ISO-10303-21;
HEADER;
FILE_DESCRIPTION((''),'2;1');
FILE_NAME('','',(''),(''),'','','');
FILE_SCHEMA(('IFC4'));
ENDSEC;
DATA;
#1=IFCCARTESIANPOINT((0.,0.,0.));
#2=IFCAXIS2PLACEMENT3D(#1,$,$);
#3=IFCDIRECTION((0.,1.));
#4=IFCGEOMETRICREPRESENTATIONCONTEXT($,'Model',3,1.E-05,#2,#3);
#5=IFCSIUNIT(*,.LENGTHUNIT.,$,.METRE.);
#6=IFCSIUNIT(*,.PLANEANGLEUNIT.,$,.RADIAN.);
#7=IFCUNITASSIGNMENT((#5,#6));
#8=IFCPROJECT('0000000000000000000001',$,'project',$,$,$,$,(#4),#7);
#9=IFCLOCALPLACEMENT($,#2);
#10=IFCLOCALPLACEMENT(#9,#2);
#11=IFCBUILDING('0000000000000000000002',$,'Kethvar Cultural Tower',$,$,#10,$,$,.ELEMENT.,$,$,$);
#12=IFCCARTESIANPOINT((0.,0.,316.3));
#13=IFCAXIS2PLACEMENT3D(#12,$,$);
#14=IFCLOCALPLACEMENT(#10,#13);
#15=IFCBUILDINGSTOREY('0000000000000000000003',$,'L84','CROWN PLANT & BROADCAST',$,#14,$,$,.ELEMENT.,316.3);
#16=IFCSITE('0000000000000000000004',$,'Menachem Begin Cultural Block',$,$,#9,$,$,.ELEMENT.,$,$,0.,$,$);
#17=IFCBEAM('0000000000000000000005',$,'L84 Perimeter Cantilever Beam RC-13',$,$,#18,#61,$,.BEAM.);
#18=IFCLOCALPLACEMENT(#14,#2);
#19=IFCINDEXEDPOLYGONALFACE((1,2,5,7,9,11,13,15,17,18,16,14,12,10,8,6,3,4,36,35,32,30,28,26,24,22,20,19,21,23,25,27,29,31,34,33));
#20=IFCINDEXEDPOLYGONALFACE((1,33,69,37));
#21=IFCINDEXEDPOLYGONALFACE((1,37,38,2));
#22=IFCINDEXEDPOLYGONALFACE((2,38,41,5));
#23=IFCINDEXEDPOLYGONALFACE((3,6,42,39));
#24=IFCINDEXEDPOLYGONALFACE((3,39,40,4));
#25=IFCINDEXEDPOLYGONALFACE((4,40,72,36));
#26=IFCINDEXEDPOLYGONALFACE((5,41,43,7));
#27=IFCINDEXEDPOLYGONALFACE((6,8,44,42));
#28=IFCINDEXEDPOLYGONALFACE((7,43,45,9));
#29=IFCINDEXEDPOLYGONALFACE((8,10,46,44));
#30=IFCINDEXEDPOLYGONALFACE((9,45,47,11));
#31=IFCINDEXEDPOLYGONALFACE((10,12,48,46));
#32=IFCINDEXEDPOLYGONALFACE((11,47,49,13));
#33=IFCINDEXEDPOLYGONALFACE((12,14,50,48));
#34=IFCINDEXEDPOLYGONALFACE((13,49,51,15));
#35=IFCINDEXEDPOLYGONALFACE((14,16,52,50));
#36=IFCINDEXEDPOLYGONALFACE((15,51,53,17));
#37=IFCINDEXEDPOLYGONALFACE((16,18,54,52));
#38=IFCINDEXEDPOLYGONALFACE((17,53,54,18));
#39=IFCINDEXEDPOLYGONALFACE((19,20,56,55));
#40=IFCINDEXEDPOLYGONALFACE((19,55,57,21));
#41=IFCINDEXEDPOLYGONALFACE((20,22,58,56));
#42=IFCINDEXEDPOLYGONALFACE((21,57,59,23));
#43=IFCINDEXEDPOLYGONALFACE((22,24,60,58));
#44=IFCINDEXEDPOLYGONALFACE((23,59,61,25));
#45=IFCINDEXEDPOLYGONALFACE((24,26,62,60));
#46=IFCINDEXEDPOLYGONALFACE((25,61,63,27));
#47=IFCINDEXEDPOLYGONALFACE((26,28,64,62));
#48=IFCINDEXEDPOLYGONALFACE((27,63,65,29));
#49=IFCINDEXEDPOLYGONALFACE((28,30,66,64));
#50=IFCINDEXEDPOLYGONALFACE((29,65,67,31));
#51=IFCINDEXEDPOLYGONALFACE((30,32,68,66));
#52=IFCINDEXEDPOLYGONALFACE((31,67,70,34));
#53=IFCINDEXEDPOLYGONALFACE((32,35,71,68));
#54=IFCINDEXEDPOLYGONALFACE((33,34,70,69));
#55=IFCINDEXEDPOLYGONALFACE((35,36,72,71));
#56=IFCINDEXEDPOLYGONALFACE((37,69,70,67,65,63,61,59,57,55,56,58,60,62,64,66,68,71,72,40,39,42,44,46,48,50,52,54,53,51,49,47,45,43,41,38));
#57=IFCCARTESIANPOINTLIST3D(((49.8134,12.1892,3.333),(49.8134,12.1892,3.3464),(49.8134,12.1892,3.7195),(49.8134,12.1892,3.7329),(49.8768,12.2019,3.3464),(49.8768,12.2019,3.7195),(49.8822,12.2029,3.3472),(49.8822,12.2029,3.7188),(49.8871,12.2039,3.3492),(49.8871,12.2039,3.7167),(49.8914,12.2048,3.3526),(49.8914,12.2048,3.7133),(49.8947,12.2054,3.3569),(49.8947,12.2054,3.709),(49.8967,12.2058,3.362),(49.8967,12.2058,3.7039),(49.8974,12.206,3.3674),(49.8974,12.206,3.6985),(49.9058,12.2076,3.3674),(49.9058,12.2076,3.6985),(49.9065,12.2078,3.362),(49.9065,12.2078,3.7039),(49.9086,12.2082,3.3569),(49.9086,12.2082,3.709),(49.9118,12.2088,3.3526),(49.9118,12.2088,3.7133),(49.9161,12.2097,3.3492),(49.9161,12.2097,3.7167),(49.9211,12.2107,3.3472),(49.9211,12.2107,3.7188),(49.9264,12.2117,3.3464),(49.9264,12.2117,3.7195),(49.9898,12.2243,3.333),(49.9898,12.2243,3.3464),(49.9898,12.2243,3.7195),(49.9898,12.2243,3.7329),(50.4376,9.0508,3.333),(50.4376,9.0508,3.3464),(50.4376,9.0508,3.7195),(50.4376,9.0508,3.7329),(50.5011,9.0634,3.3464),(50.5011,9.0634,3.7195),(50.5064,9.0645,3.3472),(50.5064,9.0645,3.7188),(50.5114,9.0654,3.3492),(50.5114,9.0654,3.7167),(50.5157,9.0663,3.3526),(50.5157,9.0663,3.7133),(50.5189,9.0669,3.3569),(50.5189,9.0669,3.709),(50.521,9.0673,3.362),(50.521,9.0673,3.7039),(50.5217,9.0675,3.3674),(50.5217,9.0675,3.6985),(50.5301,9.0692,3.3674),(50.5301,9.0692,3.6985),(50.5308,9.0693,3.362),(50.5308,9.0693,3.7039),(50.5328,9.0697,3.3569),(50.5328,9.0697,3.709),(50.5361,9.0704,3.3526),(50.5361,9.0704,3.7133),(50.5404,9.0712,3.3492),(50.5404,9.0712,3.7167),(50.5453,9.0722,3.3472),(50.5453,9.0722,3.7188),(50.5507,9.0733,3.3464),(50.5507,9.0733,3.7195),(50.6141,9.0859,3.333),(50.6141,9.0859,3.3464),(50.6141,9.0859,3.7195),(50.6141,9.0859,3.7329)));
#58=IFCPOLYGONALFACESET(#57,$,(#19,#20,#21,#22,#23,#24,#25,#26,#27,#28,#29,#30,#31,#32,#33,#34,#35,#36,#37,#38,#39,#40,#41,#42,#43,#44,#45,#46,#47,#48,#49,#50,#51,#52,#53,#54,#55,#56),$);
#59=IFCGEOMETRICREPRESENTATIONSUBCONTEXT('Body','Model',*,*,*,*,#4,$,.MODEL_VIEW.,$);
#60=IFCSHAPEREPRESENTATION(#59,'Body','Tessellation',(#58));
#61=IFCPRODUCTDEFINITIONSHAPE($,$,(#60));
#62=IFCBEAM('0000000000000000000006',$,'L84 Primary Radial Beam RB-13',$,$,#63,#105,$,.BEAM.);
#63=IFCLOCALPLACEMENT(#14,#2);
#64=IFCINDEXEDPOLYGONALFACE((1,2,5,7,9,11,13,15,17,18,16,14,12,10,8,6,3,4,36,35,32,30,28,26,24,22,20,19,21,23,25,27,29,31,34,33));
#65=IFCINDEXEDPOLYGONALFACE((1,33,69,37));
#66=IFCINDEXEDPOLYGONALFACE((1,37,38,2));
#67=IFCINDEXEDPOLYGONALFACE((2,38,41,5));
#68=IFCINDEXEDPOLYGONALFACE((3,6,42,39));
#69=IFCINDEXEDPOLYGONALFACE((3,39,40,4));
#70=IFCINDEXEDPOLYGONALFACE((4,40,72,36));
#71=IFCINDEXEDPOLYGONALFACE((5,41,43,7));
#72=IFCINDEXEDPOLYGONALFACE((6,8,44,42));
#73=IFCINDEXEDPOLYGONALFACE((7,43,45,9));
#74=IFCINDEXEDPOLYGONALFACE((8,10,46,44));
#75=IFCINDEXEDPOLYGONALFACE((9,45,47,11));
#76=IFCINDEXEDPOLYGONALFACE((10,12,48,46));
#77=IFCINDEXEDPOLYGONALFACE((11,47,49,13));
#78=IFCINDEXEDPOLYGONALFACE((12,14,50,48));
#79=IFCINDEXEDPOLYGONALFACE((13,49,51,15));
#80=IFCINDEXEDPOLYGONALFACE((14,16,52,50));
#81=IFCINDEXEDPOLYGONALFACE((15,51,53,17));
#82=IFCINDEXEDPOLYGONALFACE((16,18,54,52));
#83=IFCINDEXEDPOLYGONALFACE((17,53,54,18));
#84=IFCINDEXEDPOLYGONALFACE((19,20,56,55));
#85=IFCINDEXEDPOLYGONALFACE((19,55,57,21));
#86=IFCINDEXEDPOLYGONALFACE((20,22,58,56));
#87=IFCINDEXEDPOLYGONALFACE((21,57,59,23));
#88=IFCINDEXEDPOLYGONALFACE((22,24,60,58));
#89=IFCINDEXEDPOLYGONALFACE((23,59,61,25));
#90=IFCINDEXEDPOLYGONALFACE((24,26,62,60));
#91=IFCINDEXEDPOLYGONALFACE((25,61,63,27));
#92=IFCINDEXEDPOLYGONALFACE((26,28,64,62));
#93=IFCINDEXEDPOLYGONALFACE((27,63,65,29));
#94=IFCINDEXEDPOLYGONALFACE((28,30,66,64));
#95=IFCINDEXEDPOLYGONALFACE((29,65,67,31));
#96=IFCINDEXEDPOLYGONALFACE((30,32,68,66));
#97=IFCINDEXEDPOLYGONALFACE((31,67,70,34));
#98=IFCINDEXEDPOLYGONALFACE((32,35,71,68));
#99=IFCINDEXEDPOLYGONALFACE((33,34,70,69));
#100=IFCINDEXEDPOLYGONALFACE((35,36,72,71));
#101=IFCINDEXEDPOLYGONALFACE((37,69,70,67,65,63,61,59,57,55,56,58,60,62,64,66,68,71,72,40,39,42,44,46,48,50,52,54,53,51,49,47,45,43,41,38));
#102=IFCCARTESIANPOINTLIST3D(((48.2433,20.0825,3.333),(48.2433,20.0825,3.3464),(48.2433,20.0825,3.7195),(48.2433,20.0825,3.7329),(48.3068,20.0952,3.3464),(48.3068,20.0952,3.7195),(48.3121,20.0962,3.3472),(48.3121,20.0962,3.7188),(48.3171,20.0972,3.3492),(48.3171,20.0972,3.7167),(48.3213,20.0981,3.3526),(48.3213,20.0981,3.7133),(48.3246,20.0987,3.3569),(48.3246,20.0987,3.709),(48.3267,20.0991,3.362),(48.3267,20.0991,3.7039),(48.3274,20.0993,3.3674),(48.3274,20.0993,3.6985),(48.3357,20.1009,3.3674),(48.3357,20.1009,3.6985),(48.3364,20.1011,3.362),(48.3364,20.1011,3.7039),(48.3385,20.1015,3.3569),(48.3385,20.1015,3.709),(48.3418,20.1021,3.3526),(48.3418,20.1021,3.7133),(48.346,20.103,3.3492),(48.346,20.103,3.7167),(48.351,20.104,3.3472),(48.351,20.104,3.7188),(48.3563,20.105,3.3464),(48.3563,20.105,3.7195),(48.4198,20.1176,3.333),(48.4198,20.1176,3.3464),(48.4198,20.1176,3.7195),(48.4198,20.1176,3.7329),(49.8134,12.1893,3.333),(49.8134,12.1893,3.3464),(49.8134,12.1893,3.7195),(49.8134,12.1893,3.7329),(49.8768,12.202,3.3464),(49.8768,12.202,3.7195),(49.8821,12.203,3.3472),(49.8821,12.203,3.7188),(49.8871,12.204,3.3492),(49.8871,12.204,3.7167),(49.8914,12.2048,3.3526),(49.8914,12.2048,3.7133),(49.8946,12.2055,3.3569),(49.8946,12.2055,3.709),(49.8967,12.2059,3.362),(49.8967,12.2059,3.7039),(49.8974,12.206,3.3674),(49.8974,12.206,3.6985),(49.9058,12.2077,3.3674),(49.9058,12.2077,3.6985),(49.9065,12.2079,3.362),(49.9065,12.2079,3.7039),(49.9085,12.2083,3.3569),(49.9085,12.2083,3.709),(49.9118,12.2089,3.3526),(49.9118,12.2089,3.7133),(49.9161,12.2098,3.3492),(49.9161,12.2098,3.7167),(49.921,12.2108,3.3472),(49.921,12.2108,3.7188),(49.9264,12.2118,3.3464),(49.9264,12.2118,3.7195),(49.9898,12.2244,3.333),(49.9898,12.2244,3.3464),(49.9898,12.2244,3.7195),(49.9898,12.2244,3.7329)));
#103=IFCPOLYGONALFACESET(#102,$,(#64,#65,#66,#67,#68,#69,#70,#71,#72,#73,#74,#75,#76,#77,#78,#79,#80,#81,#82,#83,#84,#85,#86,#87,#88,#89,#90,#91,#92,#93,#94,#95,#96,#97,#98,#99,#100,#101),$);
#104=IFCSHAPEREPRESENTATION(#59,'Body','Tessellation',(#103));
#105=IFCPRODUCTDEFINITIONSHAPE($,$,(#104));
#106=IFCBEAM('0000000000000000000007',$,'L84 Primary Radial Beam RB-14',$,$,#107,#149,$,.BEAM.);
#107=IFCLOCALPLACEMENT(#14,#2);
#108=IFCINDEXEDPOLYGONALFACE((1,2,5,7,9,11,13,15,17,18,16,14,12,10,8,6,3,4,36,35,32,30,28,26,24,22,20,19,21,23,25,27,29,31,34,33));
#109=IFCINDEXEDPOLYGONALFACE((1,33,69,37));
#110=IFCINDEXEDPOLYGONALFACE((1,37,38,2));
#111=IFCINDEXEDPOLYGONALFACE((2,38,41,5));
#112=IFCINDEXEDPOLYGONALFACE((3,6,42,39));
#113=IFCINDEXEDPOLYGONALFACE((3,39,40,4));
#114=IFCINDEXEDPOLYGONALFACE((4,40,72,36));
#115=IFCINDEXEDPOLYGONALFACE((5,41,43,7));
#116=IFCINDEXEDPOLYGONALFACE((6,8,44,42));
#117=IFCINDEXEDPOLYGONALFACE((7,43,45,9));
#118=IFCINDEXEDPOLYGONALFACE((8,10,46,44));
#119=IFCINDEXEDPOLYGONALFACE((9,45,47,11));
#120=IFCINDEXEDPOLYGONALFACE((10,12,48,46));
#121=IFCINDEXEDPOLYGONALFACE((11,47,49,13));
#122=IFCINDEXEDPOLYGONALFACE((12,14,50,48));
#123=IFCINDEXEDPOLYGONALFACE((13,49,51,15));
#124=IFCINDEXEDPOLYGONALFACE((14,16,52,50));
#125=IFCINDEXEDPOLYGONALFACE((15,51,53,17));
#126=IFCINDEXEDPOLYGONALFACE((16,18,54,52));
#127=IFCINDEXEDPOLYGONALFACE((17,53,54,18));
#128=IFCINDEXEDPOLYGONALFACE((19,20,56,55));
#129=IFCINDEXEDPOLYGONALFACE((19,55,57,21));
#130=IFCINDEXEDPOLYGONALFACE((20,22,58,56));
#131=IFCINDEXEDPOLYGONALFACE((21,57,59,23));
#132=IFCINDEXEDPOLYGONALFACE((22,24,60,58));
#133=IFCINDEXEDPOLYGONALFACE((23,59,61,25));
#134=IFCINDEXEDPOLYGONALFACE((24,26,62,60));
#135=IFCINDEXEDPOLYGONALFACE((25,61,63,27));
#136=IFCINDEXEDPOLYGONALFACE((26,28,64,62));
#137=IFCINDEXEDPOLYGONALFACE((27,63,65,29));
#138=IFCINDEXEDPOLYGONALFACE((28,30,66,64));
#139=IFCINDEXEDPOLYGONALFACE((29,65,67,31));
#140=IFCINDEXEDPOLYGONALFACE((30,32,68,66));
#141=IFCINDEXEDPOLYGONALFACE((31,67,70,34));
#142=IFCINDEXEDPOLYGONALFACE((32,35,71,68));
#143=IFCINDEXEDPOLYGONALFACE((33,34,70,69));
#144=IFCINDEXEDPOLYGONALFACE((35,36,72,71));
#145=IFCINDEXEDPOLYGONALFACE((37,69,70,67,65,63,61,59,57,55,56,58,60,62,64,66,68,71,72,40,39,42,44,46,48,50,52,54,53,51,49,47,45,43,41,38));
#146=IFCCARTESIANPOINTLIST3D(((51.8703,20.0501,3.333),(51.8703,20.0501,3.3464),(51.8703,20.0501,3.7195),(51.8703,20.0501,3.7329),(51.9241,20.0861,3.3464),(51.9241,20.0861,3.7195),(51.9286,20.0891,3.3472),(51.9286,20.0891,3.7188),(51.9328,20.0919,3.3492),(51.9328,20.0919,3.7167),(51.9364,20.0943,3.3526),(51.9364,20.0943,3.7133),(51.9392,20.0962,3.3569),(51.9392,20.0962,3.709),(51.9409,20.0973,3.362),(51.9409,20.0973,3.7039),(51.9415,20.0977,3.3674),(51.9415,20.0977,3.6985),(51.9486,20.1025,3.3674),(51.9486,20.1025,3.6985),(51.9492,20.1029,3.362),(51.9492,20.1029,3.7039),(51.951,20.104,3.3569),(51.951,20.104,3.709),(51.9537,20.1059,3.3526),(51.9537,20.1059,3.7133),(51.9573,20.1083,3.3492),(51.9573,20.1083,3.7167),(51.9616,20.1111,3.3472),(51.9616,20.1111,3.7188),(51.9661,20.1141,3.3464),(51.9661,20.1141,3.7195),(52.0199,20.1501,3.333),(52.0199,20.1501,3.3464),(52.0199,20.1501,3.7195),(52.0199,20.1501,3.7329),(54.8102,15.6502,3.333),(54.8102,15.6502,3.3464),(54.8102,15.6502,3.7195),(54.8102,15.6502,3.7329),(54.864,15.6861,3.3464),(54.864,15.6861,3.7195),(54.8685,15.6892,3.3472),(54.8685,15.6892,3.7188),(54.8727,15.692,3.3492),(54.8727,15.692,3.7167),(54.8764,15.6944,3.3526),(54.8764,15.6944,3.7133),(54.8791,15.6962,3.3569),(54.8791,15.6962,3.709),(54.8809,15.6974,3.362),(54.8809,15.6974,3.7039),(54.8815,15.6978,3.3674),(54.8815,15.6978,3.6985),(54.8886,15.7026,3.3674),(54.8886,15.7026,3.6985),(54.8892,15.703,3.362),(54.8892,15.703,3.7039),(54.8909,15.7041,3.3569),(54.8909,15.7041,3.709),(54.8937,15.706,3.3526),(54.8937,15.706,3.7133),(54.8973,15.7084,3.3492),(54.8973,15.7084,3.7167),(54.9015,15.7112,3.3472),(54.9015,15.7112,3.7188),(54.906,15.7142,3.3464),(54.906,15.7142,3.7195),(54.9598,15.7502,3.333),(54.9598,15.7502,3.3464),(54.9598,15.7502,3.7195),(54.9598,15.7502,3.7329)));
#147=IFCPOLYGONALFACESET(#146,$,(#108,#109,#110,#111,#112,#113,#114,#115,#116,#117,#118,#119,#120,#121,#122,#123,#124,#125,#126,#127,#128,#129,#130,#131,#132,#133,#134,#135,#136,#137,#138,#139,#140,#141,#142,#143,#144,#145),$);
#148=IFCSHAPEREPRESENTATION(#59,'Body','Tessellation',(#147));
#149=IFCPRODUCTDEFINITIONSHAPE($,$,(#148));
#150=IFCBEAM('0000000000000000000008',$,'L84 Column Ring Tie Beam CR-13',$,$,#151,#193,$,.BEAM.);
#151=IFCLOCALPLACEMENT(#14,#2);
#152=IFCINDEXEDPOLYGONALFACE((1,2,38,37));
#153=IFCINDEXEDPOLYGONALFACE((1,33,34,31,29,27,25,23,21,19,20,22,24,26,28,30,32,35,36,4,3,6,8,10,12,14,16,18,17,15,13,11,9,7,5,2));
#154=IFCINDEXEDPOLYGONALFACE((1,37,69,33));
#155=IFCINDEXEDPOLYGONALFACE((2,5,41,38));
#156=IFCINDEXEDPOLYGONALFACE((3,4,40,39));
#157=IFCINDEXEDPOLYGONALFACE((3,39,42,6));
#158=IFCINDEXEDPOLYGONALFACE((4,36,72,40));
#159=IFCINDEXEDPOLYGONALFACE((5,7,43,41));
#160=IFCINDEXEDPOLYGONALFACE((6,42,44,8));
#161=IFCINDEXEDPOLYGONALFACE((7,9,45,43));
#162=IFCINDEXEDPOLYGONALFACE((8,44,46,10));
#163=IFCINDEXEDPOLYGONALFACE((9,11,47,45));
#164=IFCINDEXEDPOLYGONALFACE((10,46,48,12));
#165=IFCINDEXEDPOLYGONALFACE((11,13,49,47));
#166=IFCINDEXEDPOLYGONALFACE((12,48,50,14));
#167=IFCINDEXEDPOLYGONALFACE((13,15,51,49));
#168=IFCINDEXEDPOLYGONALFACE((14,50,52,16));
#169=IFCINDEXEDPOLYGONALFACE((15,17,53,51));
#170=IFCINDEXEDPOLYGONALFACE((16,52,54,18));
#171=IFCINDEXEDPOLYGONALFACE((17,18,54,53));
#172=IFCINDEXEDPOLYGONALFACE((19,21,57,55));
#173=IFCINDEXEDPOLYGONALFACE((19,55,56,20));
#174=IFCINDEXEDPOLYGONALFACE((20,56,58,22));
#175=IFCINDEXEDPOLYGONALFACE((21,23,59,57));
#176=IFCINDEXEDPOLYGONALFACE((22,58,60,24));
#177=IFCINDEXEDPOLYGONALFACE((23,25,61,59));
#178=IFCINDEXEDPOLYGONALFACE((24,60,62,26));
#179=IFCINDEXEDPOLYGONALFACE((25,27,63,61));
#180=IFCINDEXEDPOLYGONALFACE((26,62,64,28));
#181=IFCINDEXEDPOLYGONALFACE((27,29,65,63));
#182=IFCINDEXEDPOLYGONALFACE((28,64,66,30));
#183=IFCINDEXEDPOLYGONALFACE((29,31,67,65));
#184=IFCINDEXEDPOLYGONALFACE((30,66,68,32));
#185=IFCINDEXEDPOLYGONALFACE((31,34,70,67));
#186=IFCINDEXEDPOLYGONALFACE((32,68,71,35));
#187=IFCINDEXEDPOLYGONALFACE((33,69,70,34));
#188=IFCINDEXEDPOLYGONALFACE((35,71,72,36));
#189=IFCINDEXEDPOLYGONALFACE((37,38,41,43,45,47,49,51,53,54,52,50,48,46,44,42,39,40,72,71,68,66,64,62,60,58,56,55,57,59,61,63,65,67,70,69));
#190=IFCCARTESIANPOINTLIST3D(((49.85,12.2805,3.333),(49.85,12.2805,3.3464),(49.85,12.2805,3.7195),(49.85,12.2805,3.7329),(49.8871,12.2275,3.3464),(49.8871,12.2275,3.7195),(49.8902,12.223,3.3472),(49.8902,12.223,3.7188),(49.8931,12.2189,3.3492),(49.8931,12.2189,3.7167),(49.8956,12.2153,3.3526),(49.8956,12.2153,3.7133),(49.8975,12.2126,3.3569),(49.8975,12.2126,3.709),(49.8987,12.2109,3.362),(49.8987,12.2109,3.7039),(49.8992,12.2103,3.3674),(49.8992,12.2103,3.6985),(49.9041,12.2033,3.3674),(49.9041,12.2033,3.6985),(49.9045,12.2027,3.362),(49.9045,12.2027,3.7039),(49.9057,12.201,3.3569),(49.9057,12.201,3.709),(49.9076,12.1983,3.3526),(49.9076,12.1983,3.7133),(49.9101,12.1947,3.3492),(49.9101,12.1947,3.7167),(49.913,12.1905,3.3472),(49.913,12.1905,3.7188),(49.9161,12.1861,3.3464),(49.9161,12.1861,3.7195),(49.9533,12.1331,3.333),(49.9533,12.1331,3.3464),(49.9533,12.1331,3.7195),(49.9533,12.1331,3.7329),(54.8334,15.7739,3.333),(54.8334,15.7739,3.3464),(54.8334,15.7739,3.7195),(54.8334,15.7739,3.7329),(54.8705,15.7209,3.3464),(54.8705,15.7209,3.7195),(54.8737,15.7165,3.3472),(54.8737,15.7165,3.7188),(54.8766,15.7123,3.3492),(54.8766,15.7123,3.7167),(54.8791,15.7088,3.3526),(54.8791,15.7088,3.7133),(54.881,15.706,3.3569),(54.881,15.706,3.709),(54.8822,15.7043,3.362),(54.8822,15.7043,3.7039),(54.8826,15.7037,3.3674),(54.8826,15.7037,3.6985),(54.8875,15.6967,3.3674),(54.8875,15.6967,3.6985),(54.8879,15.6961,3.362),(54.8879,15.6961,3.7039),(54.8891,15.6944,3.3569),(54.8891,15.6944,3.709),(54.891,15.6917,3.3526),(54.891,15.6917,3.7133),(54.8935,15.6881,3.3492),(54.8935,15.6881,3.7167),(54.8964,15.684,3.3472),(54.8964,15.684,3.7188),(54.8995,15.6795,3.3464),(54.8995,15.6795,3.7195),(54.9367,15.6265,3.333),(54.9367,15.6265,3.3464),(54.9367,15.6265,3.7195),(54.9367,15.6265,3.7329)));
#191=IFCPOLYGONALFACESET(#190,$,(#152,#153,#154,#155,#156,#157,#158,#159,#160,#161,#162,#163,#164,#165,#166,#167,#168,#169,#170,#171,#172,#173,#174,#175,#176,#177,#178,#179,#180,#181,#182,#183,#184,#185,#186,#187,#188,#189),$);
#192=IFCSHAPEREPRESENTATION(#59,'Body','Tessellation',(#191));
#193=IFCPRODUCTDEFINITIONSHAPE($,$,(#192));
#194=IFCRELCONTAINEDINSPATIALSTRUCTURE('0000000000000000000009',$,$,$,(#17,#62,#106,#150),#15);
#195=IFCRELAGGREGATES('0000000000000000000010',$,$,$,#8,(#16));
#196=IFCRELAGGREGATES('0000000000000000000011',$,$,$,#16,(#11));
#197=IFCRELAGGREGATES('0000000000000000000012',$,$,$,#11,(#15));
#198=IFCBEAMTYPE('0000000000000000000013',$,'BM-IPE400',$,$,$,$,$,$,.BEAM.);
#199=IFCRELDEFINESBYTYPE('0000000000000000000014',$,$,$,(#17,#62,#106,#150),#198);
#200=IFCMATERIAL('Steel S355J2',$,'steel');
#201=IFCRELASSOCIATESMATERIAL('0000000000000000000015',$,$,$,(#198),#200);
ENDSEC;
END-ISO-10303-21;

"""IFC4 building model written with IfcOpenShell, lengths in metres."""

from ifc_helpers import new_model, si_unit, direction, frame, origin, origin_2d, place, context, subcontext, project, spatial, i_section, extrude, source, transform, mapped, material, material_profile, profile_set, type_object, element, save


model = new_model("IFC4")

# Units and contexts
model_context = context("Model", 3, precision=1e-05, world=origin(), true_north=direction((0.0, 1.0)))
body_context = subcontext(model_context, "Body", "Model", "MODEL_VIEW")
ifc_project = project(units=[si_unit("LENGTHUNIT", "METRE"), si_unit("PLANEANGLEUNIT", "RADIAN")], contexts=[model_context])

# Site, building, storey
site_placement = place(None, origin())
site = spatial("IfcSite", under=ifc_project, at=site_placement, Name="Menachem Begin Cultural Block", CompositionType="ELEMENT", RefElevation=0.0)
building_placement = place(site_placement, origin())
building = spatial("IfcBuilding", under=site, at=building_placement, Name="Kethvar Cultural Tower", CompositionType="ELEMENT")
storey_placement = place(building_placement, frame((0.0, 0.0, 316.3)))
storey = spatial("IfcBuildingStorey", under=building, at=storey_placement, Name="L84", Description="CROWN PLANT & BROADCAST", CompositionType="ELEMENT", Elevation=316.3)

# Shared definitions
ifc_material_1 = material(Name="Steel S355J2", Category="steel")

# Beams
ifc_material_profile_1 = material_profile(ifc_material_1, i_section(OverallWidth=0.1799, OverallDepth=0.3999, WebThickness=0.0085, FlangeThickness=0.0134, FilletRadius=0.021, at=origin_2d()), Name="Steel S355J2 — IPE400")
ifc_profile_set_1 = profile_set([ifc_material_profile_1], Name="Steel S355J2 — IPE400")
beam_type_1 = type_object("IfcBeamType", Name="BM-IPE400", PredefinedType="BEAM", material=ifc_profile_set_1)
shared_shape_1 = source(origin(), body_context, "Body", "SweptSolid", [
    extrude(i_section(OverallWidth=0.1799, OverallDepth=0.3999, WebThickness=0.0085, FlangeThickness=0.0134, FilletRadius=0.021, at=origin_2d()), origin(), (0.0, 0.0, 1.0), 3.2),
])
beam_1_placement = place(storey_placement, frame((49.9016, 12.2068, 3.533), z_axis=(0.195089, -0.980786, 0.0), x_axis=(0.980786, 0.195089, 0.0)))
element("IfcBeam", 1, at=beam_1_placement, inside=storey, type_object=beam_type_1, Name="L84 Perimeter Cantilever Beam RC-13", PredefinedType="BEAM", context=body_context, shape_type="MappedRepresentation", body=[
    mapped(shared_shape_1, transform((0.0, 0.0, 0.0), scale=1.0)),
])
shared_shape_2 = source(origin(), body_context, "Body", "SweptSolid", [
    extrude(i_section(OverallWidth=0.1799, OverallDepth=0.3999, WebThickness=0.0085, FlangeThickness=0.0134, FilletRadius=0.021, at=origin_2d()), origin(), (0.0, 0.0, 1.0), 8.0479),
])
beam_2_placement = place(storey_placement, frame((48.3315, 20.1001, 3.533), z_axis=(0.195089, -0.980785, 0.0), x_axis=(0.980785, 0.195089, 0.0)))
element("IfcBeam", 2, at=beam_2_placement, inside=storey, type_object=beam_type_1, Name="L84 Primary Radial Beam RB-13", PredefinedType="BEAM", context=body_context, shape_type="MappedRepresentation", body=[
    mapped(shared_shape_2, transform((0.0, 0.0, 0.0), scale=1.0)),
])
shared_shape_3 = source(origin(), body_context, "Body", "SweptSolid", [
    extrude(i_section(OverallWidth=0.1799, OverallDepth=0.3999, WebThickness=0.0085, FlangeThickness=0.0134, FilletRadius=0.021, at=origin_2d()), origin(), (0.0, 0.0, 1.0), 5.2917),
])
beam_3_placement = place(storey_placement, frame((51.9451, 20.1001, 3.533), z_axis=(0.555573, -0.831468, 0.0), x_axis=(0.831468, 0.555573, 0.0)))
element("IfcBeam", 3, at=beam_3_placement, inside=storey, type_object=beam_type_1, Name="L84 Primary Radial Beam RB-14", PredefinedType="BEAM", context=body_context, shape_type="MappedRepresentation", body=[
    mapped(shared_shape_3, transform((0.0, 0.0, 0.0), scale=1.0)),
])
shared_shape_4 = source(origin(), body_context, "Body", "SweptSolid", [
    extrude(i_section(OverallWidth=0.1799, OverallDepth=0.3999, WebThickness=0.0085, FlangeThickness=0.0134, FilletRadius=0.021, at=origin_2d()), origin(), (0.0, 0.0, 1.0), 6.0859),
])
beam_4_placement = place(storey_placement, frame((49.9016, 12.2068, 3.533), z_axis=(0.818843, 0.574017, 0.0), x_axis=(-0.574017, 0.818843, 0.0)))
element("IfcBeam", 4, at=beam_4_placement, inside=storey, type_object=beam_type_1, Name="L84 Column Ring Tie Beam CR-13", PredefinedType="BEAM", context=body_context, shape_type="MappedRepresentation", body=[
    mapped(shared_shape_4, transform((0.0, 0.0, 0.0), scale=1.0)),
])

save(model, "model.ifc")
